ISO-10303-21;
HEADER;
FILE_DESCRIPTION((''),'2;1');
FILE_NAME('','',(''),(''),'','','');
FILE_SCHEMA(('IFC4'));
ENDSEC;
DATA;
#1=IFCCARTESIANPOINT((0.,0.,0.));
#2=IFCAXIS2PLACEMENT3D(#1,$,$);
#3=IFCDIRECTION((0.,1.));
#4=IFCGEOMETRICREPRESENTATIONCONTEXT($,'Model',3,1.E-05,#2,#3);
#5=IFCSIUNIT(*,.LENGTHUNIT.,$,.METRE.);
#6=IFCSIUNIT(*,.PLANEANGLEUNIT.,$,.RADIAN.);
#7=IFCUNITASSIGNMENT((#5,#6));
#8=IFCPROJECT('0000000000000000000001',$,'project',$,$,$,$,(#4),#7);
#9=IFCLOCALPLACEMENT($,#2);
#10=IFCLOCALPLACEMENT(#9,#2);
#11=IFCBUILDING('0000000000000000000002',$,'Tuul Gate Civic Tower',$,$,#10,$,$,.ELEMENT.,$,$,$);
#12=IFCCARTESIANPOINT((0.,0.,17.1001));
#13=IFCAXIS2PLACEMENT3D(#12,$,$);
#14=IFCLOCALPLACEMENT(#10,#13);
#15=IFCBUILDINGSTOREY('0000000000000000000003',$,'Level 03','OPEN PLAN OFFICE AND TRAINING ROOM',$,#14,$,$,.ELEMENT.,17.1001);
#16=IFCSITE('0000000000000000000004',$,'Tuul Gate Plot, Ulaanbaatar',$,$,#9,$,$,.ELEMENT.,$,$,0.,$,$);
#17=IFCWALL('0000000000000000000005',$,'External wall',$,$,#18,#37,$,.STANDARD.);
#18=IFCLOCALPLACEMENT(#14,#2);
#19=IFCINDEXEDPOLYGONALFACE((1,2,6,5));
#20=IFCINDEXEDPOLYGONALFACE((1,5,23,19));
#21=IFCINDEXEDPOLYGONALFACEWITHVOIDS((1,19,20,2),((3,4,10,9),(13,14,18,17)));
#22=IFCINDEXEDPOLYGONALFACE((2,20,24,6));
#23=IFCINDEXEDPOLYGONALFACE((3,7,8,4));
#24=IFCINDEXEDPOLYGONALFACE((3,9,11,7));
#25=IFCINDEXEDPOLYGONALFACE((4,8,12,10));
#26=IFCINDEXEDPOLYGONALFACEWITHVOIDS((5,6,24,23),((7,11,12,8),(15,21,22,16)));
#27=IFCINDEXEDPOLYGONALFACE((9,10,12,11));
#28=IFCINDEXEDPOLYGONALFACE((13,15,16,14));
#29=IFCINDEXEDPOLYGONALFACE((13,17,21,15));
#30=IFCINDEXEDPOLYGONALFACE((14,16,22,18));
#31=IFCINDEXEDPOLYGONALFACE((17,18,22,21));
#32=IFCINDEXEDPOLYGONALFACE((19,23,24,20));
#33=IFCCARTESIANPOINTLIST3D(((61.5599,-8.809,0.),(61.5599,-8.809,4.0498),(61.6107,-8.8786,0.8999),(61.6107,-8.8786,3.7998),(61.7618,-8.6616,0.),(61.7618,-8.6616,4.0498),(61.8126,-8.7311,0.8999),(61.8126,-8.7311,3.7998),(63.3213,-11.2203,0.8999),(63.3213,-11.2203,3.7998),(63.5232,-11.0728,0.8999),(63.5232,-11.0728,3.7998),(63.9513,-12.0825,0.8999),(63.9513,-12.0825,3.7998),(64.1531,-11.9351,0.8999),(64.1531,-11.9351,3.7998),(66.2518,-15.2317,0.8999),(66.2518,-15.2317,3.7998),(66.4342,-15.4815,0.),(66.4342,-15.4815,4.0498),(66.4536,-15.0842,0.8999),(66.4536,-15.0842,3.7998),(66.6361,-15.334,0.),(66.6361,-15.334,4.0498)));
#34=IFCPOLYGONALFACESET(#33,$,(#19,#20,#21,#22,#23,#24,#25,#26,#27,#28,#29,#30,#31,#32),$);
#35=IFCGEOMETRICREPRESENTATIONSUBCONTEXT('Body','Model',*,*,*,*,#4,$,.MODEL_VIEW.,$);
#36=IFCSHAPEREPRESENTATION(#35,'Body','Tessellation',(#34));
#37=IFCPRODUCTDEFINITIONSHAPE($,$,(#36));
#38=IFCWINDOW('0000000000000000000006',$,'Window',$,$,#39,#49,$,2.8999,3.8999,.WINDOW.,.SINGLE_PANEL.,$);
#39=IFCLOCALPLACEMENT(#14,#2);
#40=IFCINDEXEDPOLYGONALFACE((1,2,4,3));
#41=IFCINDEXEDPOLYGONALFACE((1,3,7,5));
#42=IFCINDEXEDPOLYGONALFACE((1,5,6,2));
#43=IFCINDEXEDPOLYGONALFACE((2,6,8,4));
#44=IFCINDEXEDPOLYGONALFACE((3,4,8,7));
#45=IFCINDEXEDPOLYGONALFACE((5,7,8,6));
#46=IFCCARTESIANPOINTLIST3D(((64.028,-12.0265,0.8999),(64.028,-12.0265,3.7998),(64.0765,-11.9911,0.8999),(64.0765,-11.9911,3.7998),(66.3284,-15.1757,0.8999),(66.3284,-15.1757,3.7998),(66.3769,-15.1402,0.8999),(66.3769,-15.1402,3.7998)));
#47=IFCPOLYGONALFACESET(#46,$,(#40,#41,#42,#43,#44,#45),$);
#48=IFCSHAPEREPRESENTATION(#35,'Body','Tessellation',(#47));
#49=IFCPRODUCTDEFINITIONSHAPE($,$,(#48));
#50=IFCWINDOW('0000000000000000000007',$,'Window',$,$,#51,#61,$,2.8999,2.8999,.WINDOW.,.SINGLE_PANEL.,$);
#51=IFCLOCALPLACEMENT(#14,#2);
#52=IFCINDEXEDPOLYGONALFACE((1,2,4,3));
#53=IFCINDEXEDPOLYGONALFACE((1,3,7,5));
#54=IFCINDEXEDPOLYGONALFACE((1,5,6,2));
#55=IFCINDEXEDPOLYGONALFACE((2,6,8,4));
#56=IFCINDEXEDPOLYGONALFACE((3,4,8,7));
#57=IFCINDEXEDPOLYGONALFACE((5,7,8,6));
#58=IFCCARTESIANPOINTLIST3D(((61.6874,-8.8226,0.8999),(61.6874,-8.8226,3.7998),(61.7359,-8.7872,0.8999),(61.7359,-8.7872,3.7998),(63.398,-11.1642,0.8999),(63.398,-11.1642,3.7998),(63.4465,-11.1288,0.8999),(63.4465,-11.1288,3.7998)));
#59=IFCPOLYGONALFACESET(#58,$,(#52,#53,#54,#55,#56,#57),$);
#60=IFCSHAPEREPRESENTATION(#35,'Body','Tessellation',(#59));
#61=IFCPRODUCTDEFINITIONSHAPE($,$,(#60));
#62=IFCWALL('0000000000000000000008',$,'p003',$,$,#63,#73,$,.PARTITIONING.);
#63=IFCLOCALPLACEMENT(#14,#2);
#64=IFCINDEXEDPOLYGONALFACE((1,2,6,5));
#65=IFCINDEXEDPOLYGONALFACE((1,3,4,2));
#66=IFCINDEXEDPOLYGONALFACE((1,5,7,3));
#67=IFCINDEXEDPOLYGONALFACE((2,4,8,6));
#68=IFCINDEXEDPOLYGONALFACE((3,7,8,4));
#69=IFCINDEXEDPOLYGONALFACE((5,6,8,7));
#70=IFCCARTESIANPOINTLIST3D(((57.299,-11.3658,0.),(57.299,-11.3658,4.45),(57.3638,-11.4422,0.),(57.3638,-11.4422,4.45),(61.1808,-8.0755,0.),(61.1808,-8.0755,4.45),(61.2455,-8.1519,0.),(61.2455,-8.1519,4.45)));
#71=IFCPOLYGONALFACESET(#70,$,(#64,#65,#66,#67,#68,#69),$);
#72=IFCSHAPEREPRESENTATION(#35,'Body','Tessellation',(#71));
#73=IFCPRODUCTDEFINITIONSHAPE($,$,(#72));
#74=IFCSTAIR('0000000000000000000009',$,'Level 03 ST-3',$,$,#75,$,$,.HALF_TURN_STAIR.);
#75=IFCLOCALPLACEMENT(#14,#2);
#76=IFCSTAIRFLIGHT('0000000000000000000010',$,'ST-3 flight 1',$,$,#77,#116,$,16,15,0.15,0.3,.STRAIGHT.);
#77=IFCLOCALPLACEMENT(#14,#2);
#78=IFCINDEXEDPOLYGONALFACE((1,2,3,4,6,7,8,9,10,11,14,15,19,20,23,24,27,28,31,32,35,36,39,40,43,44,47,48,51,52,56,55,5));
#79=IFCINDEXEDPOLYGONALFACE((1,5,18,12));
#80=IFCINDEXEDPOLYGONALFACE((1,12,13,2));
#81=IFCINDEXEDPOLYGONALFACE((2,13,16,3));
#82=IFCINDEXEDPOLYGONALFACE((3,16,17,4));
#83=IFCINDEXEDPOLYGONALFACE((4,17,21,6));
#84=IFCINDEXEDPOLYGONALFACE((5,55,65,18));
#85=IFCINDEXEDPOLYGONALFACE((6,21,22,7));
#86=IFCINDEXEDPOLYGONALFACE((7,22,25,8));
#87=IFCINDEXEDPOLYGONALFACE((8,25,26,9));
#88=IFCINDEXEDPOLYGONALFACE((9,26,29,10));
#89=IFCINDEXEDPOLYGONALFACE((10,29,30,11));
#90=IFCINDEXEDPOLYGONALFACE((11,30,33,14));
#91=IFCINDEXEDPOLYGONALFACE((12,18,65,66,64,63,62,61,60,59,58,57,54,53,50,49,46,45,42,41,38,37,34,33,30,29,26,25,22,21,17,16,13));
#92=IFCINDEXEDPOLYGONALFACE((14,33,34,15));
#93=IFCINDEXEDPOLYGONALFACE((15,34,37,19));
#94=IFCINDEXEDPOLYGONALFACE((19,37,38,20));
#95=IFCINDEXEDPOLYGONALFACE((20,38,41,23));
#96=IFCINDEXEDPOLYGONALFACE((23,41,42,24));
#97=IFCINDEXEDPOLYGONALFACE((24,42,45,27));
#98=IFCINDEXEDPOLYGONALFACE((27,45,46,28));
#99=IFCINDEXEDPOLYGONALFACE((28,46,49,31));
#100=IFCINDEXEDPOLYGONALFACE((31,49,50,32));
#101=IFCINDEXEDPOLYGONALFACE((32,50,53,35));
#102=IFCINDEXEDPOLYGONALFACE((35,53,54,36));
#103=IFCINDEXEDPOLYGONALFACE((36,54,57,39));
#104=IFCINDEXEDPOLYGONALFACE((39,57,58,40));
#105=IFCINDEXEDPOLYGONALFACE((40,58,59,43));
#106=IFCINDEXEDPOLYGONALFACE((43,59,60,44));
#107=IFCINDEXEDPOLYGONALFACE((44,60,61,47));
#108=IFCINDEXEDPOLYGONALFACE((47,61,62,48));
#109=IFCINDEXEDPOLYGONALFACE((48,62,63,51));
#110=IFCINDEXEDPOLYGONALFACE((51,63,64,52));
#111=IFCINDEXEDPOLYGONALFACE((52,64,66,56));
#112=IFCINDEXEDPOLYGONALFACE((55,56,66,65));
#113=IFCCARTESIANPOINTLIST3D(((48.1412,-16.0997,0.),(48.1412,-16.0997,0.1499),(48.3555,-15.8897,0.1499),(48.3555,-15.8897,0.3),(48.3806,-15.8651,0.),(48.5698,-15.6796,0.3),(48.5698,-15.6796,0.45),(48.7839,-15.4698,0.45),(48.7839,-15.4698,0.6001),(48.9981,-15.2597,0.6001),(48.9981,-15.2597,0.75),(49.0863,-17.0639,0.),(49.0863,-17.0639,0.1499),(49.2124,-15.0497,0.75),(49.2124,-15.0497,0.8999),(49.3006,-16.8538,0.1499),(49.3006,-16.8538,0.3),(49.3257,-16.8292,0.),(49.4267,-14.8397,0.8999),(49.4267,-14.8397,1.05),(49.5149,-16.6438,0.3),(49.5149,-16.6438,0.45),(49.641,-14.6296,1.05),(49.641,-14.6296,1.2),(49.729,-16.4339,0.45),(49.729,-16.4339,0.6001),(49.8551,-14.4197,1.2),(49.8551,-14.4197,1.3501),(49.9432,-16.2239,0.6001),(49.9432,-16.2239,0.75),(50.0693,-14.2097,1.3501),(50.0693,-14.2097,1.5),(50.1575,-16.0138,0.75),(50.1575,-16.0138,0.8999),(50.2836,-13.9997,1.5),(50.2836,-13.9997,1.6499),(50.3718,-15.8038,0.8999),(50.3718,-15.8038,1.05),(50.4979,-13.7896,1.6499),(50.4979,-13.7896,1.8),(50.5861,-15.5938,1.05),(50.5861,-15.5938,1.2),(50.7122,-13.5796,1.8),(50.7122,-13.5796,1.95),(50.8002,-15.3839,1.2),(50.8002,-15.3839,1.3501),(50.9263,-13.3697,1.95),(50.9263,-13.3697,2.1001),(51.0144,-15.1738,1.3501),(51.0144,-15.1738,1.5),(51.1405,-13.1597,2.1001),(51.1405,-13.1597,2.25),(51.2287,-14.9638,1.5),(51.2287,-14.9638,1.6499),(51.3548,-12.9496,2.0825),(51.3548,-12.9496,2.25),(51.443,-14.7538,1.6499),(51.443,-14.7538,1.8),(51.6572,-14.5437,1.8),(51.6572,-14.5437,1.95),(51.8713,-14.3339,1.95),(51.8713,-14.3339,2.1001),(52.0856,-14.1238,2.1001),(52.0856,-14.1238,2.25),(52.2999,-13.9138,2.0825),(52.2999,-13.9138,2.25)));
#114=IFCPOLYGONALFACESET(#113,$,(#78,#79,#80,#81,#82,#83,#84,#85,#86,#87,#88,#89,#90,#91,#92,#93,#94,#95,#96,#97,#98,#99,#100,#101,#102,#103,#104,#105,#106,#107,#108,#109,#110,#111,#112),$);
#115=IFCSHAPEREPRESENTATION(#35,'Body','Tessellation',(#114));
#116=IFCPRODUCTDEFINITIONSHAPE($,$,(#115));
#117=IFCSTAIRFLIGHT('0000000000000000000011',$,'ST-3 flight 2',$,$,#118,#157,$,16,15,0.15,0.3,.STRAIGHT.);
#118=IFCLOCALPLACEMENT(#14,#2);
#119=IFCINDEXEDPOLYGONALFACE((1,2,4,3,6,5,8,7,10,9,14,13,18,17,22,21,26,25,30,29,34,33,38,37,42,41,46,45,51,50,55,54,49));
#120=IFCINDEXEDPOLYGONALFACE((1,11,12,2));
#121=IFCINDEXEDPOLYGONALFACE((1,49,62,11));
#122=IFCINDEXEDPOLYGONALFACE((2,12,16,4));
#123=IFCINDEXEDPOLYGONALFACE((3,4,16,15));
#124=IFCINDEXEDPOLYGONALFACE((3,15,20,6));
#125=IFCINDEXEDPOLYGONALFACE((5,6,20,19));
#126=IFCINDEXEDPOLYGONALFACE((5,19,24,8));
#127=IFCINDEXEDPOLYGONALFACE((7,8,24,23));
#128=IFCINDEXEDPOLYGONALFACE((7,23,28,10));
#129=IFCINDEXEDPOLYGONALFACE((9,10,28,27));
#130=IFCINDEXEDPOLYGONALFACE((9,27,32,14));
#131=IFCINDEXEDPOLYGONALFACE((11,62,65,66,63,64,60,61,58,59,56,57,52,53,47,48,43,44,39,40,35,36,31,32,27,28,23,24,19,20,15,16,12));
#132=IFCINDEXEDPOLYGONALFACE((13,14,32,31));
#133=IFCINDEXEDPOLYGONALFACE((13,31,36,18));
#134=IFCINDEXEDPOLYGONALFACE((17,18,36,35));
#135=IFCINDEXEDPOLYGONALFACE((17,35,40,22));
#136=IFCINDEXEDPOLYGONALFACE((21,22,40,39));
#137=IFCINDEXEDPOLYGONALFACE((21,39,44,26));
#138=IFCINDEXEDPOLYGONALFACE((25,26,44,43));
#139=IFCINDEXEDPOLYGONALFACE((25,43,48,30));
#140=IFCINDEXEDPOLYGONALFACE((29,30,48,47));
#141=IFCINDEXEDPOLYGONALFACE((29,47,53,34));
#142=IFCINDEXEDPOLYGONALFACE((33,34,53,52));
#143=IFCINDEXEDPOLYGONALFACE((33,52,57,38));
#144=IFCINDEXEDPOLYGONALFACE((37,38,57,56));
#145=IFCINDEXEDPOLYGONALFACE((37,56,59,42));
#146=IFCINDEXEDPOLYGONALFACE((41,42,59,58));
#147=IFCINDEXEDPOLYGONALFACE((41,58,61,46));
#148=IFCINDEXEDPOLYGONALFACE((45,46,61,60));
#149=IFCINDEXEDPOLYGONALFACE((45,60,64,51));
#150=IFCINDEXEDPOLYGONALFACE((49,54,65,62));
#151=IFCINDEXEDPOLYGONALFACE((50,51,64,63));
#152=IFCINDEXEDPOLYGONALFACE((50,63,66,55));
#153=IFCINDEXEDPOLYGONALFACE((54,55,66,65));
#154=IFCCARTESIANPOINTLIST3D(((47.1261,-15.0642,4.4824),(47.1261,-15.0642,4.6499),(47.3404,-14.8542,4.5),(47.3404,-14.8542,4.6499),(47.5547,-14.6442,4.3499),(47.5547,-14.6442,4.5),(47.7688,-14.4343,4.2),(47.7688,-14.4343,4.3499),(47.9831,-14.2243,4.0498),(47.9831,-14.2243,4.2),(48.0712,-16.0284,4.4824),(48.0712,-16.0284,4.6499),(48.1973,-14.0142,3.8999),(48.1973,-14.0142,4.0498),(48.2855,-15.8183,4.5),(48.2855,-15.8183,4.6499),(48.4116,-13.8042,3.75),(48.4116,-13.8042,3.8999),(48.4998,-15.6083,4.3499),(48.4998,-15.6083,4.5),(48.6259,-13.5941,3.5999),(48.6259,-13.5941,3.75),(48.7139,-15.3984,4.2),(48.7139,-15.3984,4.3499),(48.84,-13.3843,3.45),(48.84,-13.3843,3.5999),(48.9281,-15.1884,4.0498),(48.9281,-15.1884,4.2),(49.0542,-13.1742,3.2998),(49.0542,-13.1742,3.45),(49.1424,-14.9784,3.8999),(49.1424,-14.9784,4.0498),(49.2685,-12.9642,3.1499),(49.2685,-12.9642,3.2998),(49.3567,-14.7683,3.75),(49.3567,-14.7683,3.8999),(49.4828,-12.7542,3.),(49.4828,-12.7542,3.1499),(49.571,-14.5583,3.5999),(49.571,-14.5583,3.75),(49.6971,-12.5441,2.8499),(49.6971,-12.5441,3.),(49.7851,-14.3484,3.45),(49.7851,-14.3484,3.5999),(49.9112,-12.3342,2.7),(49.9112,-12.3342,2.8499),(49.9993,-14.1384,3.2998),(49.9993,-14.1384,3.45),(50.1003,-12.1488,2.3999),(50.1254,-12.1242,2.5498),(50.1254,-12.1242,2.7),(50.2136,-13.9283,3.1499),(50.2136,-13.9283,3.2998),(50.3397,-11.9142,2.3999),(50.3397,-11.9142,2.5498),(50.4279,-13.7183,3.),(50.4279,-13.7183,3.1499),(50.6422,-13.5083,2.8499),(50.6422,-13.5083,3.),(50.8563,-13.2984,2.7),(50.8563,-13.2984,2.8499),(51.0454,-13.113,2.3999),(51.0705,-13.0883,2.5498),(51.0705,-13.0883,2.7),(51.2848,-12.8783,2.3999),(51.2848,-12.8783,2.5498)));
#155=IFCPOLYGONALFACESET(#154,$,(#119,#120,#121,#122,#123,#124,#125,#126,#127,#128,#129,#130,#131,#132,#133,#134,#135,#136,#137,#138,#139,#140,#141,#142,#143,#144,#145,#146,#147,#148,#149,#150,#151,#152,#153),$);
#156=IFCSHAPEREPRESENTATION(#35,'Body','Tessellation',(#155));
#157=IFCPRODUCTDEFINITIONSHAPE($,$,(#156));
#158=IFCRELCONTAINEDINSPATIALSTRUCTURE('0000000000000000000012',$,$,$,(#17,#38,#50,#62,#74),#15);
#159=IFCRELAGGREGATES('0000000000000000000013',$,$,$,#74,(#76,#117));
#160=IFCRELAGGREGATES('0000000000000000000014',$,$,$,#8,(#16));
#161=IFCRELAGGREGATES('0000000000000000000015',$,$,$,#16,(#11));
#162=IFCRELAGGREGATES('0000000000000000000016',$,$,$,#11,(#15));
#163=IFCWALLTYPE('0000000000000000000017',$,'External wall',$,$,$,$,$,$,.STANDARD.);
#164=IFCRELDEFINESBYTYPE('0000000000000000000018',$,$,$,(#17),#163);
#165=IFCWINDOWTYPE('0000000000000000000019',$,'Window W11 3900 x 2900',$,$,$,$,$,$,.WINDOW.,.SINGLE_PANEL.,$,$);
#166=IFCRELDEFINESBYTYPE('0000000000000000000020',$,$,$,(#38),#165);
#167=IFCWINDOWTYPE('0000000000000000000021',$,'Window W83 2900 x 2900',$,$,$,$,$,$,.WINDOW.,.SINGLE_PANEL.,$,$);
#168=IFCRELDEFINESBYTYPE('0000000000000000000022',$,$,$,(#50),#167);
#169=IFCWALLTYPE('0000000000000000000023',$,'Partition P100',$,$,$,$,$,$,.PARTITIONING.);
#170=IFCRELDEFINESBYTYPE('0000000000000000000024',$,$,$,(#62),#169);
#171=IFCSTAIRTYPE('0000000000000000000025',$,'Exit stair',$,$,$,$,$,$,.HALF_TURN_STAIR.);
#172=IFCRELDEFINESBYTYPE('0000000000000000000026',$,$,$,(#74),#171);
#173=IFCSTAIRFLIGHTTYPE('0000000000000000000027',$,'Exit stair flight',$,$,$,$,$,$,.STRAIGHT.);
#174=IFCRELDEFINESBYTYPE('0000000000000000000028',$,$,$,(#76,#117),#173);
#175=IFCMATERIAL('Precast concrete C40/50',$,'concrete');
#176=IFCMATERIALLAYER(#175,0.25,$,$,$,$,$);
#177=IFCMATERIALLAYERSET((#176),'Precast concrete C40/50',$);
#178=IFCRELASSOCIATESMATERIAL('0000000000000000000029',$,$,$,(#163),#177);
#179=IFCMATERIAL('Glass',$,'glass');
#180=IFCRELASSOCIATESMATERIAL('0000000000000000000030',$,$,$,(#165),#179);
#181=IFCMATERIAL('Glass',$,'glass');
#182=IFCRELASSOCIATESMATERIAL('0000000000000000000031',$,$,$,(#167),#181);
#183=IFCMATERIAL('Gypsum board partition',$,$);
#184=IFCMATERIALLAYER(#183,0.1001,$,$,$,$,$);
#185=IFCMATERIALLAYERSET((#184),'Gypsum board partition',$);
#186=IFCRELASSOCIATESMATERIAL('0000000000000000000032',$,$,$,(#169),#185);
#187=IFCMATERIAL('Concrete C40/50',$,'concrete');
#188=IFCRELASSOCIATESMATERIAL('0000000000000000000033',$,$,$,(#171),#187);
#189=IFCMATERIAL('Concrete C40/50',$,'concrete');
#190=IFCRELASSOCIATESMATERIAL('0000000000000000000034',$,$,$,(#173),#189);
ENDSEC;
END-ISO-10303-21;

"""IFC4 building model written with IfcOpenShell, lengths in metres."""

from ifc_helpers import new_model, si_unit, direction, frame, frame_2d, origin, place, context, subcontext, project, spatial, polyline, rectangle, outline, extrude, material, layer, layer_set, type_object, element, fill, aggregate, save


model = new_model("IFC4")

# Units and contexts
model_context = context("Model", 3, precision=1e-05, world=origin(), true_north=direction((0.0, 1.0)))
body_context = subcontext(model_context, "Body", "Model", "MODEL_VIEW")
ifc_project = project(units=[si_unit("LENGTHUNIT", "METRE"), si_unit("PLANEANGLEUNIT", "RADIAN")], contexts=[model_context])

# Site, building, storey
site_placement = place(None, origin())
site = spatial("IfcSite", under=ifc_project, at=site_placement, Name="Tuul Gate Plot, Ulaanbaatar", CompositionType="ELEMENT", RefElevation=0.0)
building_placement = place(site_placement, origin())
building = spatial("IfcBuilding", under=site, at=building_placement, Name="Tuul Gate Civic Tower", CompositionType="ELEMENT")
storey_placement = place(building_placement, frame((0.0, 0.0, 17.1001)))
storey = spatial("IfcBuildingStorey", under=building, at=storey_placement, Name="Level 03", Description="OPEN PLAN OFFICE AND TRAINING ROOM", CompositionType="ELEMENT", Elevation=17.1001)

# Shared definitions
ifc_material_1 = material(Name="Precast concrete C40/50", Category="concrete")
ifc_layer_1 = layer(ifc_material_1, 0.25)
ifc_layer_set_1 = layer_set([ifc_layer_1], Name="Precast concrete C40/50")
wall_type_1 = type_object("IfcWallType", Name="External wall", PredefinedType="STANDARD", material=ifc_layer_set_1)

# Wall, openings, windows
wall_1_placement = place(storey_placement, frame((66.5352, -15.4077, 0.0), z_axis=(0.0, 0.0, 1.0), x_axis=(-0.589883, 0.807489, 0.0)))
wall_1 = element("IfcWall", 1, at=wall_1_placement, inside=storey, type_object=wall_type_1, Name="External wall", PredefinedType="STANDARD", context=body_context, shape_type="SweptSolid", body=[
    extrude(rectangle(XDim=8.2632, YDim=0.25, at=frame_2d((4.1316, 0.0))), origin(), (0.0, 0.0, 1.0), 4.0498),
])
opening_1_placement = place(wall_1_placement, frame((0.3093, 0.0, 0.8999)))
opening_1 = element("IfcOpeningElement", 2, at=opening_1_placement, cuts=wall_1, PredefinedType="OPENING", context=body_context, shape_type="SweptSolid", body=[
    extrude(rectangle(XDim=3.8999, YDim=2.8999, at=frame_2d((1.95, 1.45))), frame((0.0, 0.135, 0.0), z_axis=(0.0, -1.0, 0.0), x_axis=(1.0, 0.0, 0.0)), (0.0, 0.0, 1.0), 0.27),
])
opening_2_placement = place(wall_1_placement, frame((5.2771, 0.0, 0.8999)))
opening_2 = element("IfcOpeningElement", 3, at=opening_2_placement, cuts=wall_1, PredefinedType="OPENING", context=body_context, shape_type="SweptSolid", body=[
    extrude(rectangle(XDim=2.8999, YDim=2.8999, at=frame_2d((1.45, 1.45))), frame((0.0, 0.135, 0.0), z_axis=(0.0, -1.0, 0.0), x_axis=(1.0, 0.0, 0.0)), (0.0, 0.0, 1.0), 0.27),
])
ifc_material_2 = material(Name="Glass", Category="glass")
window_type_1 = type_object("IfcWindowType", Name="Window W11 3900 x 2900", PartitioningType="SINGLE_PANEL", PredefinedType="WINDOW", material=ifc_material_2)
window_1_placement = place(opening_1_placement, origin())
window_1 = element("IfcWindow", 4, at=window_1_placement, inside=storey, type_object=window_type_1, Name="Window", OverallHeight=2.8999, OverallWidth=3.8999, PartitioningType="SINGLE_PANEL", PredefinedType="WINDOW", context=body_context, shape_type="SweptSolid", body=[
    extrude(rectangle(XDim=3.8999, YDim=2.8999, at=frame_2d((1.95, 1.45))), frame((0.0, 0.03, 0.0), z_axis=(0.0, -1.0, 0.0), x_axis=(1.0, 0.0, 0.0)), (0.0, 0.0, 1.0), 0.0601),
])
fill(opening_1, window_1)
ifc_material_3 = material(Name="Glass", Category="glass")
window_type_2 = type_object("IfcWindowType", Name="Window W83 2900 x 2900", PartitioningType="SINGLE_PANEL", PredefinedType="WINDOW", material=ifc_material_3)
window_2_placement = place(opening_2_placement, origin())
window_2 = element("IfcWindow", 5, at=window_2_placement, inside=storey, type_object=window_type_2, Name="Window", OverallHeight=2.8999, OverallWidth=2.8999, PartitioningType="SINGLE_PANEL", PredefinedType="WINDOW", context=body_context, shape_type="SweptSolid", body=[
    extrude(rectangle(XDim=2.8999, YDim=2.8999, at=frame_2d((1.45, 1.45))), frame((0.0, 0.03, 0.0), z_axis=(0.0, -1.0, 0.0), x_axis=(1.0, 0.0, 0.0)), (0.0, 0.0, 1.0), 0.0601),
])
fill(opening_2, window_2)

# Wall
ifc_material_4 = material(Name="Gypsum board partition")
ifc_layer_2 = layer(ifc_material_4, 0.1001)
ifc_layer_set_2 = layer_set([ifc_layer_2], Name="Gypsum board partition")
wall_type_2 = type_object("IfcWallType", Name="Partition P100", PredefinedType="PARTITIONING", material=ifc_layer_set_2)
wall_2_placement = place(storey_placement, frame((57.3313, -11.4041, 0.0), z_axis=(0.0, 0.0, 1.0), x_axis=(0.762838, 0.646589, 0.0)))
element("IfcWall", 6, at=wall_2_placement, inside=storey, type_object=wall_type_2, Name="p003", PredefinedType="PARTITIONING", context=body_context, shape_type="SweptSolid", body=[
    extrude(rectangle(XDim=5.0886, YDim=0.1001, at=frame_2d((2.5444, 0.0))), origin(), (0.0, 0.0, 1.0), 4.45),
])

# Stair, stair flights
ifc_material_5 = material(Name="Concrete C40/50", Category="concrete")
stair_type = type_object("IfcStairType", Name="Exit stair", PredefinedType="HALF_TURN_STAIR", material=ifc_material_5)
stair_placement = place(storey_placement, origin())
stair = element("IfcStair", 7, at=stair_placement, inside=storey, type_object=stair_type, Name="Level 03 ST-3", PredefinedType="HALF_TURN_STAIR")
ifc_material_6 = material(Name="Concrete C40/50", Category="concrete")
stair_flight_type = type_object("IfcStairFlightType", Name="Exit stair flight", PredefinedType="STRAIGHT", material=ifc_material_6)
stair_flight_1_placement = place(storey_placement, frame((48.6138, -16.5818, 0.0), z_axis=(0.0, 0.0, 1.0), x_axis=(0.714127, 0.700016, 0.0)))
stair_flight_1 = element("IfcStairFlight", 8, at=stair_flight_1_placement, type_object=stair_flight_type, Name="ST-3 flight 1", NumberOfRisers=16, NumberOfTreads=15, PredefinedType="STRAIGHT", RiserHeight=0.15, TreadLength=0.3, context=body_context, shape_type="SweptSolid", body=[
    extrude(outline(polyline([(0.0, 0.0), (0.0, 0.1499), (0.3, 0.1499), (0.3, 0.3), (0.6001, 0.3), (0.6001, 0.45), (0.8999, 0.45), (0.8999, 0.6001), (1.2, 0.6001), (1.2, 0.75), (1.5, 0.75), (1.5, 0.8999), (1.8, 0.8999), (1.8, 1.05), (2.1001, 1.05), (2.1001, 1.2), (2.3999, 1.2), (2.3999, 1.3501), (2.7, 1.3501), (2.7, 1.5), (3.0, 1.5), (3.0, 1.6499), (3.3, 1.6499), (3.3, 1.8), (3.6001, 1.8), (3.6001, 1.95), (3.8999, 1.95), (3.8999, 2.1001), (4.2, 2.1001), (4.2, 2.25), (4.5, 2.25), (4.5, 2.3999), (4.5, 2.0825), (0.3352, 0.0), (0.0, 0.0)])), frame((0.0, 0.675, 0.0), z_axis=(0.0, -1.0, 0.0), x_axis=(1.0, 0.0, 0.0)), (0.0, 0.0, 1.0), 1.3501),
])
stair_flight_2_placement = place(storey_placement, frame((50.8123, -12.3962, 2.3999), z_axis=(0.0, 0.0, 1.0), x_axis=(-0.714127, -0.700016, 0.0)))
stair_flight_2 = element("IfcStairFlight", 9, at=stair_flight_2_placement, type_object=stair_flight_type, Name="ST-3 flight 2", NumberOfRisers=16, NumberOfTreads=15, PredefinedType="STRAIGHT", RiserHeight=0.15, TreadLength=0.3, context=body_context, shape_type="SweptSolid", body=[
    extrude(outline(polyline([(0.0, 0.0), (0.0, 0.1499), (0.3, 0.1499), (0.3, 0.3), (0.6001, 0.3), (0.6001, 0.45), (0.8999, 0.45), (0.8999, 0.6001), (1.2, 0.6001), (1.2, 0.75), (1.5, 0.75), (1.5, 0.8999), (1.8, 0.8999), (1.8, 1.05), (2.1001, 1.05), (2.1001, 1.2), (2.3999, 1.2), (2.3999, 1.3501), (2.7, 1.3501), (2.7, 1.5), (3.0, 1.5), (3.0, 1.6499), (3.3, 1.6499), (3.3, 1.8), (3.6001, 1.8), (3.6001, 1.95), (3.8999, 1.95), (3.8999, 2.1001), (4.2, 2.1001), (4.2, 2.25), (4.5, 2.25), (4.5, 2.3999), (4.5, 2.0825), (0.3352, 0.0), (0.0, 0.0)])), frame((0.0, 0.675, 0.0), z_axis=(0.0, -1.0, 0.0), x_axis=(1.0, 0.0, 0.0)), (0.0, 0.0, 1.0), 1.3501),
])
aggregate(stair, [stair_flight_1, stair_flight_2])

save(model, "model.ifc")
